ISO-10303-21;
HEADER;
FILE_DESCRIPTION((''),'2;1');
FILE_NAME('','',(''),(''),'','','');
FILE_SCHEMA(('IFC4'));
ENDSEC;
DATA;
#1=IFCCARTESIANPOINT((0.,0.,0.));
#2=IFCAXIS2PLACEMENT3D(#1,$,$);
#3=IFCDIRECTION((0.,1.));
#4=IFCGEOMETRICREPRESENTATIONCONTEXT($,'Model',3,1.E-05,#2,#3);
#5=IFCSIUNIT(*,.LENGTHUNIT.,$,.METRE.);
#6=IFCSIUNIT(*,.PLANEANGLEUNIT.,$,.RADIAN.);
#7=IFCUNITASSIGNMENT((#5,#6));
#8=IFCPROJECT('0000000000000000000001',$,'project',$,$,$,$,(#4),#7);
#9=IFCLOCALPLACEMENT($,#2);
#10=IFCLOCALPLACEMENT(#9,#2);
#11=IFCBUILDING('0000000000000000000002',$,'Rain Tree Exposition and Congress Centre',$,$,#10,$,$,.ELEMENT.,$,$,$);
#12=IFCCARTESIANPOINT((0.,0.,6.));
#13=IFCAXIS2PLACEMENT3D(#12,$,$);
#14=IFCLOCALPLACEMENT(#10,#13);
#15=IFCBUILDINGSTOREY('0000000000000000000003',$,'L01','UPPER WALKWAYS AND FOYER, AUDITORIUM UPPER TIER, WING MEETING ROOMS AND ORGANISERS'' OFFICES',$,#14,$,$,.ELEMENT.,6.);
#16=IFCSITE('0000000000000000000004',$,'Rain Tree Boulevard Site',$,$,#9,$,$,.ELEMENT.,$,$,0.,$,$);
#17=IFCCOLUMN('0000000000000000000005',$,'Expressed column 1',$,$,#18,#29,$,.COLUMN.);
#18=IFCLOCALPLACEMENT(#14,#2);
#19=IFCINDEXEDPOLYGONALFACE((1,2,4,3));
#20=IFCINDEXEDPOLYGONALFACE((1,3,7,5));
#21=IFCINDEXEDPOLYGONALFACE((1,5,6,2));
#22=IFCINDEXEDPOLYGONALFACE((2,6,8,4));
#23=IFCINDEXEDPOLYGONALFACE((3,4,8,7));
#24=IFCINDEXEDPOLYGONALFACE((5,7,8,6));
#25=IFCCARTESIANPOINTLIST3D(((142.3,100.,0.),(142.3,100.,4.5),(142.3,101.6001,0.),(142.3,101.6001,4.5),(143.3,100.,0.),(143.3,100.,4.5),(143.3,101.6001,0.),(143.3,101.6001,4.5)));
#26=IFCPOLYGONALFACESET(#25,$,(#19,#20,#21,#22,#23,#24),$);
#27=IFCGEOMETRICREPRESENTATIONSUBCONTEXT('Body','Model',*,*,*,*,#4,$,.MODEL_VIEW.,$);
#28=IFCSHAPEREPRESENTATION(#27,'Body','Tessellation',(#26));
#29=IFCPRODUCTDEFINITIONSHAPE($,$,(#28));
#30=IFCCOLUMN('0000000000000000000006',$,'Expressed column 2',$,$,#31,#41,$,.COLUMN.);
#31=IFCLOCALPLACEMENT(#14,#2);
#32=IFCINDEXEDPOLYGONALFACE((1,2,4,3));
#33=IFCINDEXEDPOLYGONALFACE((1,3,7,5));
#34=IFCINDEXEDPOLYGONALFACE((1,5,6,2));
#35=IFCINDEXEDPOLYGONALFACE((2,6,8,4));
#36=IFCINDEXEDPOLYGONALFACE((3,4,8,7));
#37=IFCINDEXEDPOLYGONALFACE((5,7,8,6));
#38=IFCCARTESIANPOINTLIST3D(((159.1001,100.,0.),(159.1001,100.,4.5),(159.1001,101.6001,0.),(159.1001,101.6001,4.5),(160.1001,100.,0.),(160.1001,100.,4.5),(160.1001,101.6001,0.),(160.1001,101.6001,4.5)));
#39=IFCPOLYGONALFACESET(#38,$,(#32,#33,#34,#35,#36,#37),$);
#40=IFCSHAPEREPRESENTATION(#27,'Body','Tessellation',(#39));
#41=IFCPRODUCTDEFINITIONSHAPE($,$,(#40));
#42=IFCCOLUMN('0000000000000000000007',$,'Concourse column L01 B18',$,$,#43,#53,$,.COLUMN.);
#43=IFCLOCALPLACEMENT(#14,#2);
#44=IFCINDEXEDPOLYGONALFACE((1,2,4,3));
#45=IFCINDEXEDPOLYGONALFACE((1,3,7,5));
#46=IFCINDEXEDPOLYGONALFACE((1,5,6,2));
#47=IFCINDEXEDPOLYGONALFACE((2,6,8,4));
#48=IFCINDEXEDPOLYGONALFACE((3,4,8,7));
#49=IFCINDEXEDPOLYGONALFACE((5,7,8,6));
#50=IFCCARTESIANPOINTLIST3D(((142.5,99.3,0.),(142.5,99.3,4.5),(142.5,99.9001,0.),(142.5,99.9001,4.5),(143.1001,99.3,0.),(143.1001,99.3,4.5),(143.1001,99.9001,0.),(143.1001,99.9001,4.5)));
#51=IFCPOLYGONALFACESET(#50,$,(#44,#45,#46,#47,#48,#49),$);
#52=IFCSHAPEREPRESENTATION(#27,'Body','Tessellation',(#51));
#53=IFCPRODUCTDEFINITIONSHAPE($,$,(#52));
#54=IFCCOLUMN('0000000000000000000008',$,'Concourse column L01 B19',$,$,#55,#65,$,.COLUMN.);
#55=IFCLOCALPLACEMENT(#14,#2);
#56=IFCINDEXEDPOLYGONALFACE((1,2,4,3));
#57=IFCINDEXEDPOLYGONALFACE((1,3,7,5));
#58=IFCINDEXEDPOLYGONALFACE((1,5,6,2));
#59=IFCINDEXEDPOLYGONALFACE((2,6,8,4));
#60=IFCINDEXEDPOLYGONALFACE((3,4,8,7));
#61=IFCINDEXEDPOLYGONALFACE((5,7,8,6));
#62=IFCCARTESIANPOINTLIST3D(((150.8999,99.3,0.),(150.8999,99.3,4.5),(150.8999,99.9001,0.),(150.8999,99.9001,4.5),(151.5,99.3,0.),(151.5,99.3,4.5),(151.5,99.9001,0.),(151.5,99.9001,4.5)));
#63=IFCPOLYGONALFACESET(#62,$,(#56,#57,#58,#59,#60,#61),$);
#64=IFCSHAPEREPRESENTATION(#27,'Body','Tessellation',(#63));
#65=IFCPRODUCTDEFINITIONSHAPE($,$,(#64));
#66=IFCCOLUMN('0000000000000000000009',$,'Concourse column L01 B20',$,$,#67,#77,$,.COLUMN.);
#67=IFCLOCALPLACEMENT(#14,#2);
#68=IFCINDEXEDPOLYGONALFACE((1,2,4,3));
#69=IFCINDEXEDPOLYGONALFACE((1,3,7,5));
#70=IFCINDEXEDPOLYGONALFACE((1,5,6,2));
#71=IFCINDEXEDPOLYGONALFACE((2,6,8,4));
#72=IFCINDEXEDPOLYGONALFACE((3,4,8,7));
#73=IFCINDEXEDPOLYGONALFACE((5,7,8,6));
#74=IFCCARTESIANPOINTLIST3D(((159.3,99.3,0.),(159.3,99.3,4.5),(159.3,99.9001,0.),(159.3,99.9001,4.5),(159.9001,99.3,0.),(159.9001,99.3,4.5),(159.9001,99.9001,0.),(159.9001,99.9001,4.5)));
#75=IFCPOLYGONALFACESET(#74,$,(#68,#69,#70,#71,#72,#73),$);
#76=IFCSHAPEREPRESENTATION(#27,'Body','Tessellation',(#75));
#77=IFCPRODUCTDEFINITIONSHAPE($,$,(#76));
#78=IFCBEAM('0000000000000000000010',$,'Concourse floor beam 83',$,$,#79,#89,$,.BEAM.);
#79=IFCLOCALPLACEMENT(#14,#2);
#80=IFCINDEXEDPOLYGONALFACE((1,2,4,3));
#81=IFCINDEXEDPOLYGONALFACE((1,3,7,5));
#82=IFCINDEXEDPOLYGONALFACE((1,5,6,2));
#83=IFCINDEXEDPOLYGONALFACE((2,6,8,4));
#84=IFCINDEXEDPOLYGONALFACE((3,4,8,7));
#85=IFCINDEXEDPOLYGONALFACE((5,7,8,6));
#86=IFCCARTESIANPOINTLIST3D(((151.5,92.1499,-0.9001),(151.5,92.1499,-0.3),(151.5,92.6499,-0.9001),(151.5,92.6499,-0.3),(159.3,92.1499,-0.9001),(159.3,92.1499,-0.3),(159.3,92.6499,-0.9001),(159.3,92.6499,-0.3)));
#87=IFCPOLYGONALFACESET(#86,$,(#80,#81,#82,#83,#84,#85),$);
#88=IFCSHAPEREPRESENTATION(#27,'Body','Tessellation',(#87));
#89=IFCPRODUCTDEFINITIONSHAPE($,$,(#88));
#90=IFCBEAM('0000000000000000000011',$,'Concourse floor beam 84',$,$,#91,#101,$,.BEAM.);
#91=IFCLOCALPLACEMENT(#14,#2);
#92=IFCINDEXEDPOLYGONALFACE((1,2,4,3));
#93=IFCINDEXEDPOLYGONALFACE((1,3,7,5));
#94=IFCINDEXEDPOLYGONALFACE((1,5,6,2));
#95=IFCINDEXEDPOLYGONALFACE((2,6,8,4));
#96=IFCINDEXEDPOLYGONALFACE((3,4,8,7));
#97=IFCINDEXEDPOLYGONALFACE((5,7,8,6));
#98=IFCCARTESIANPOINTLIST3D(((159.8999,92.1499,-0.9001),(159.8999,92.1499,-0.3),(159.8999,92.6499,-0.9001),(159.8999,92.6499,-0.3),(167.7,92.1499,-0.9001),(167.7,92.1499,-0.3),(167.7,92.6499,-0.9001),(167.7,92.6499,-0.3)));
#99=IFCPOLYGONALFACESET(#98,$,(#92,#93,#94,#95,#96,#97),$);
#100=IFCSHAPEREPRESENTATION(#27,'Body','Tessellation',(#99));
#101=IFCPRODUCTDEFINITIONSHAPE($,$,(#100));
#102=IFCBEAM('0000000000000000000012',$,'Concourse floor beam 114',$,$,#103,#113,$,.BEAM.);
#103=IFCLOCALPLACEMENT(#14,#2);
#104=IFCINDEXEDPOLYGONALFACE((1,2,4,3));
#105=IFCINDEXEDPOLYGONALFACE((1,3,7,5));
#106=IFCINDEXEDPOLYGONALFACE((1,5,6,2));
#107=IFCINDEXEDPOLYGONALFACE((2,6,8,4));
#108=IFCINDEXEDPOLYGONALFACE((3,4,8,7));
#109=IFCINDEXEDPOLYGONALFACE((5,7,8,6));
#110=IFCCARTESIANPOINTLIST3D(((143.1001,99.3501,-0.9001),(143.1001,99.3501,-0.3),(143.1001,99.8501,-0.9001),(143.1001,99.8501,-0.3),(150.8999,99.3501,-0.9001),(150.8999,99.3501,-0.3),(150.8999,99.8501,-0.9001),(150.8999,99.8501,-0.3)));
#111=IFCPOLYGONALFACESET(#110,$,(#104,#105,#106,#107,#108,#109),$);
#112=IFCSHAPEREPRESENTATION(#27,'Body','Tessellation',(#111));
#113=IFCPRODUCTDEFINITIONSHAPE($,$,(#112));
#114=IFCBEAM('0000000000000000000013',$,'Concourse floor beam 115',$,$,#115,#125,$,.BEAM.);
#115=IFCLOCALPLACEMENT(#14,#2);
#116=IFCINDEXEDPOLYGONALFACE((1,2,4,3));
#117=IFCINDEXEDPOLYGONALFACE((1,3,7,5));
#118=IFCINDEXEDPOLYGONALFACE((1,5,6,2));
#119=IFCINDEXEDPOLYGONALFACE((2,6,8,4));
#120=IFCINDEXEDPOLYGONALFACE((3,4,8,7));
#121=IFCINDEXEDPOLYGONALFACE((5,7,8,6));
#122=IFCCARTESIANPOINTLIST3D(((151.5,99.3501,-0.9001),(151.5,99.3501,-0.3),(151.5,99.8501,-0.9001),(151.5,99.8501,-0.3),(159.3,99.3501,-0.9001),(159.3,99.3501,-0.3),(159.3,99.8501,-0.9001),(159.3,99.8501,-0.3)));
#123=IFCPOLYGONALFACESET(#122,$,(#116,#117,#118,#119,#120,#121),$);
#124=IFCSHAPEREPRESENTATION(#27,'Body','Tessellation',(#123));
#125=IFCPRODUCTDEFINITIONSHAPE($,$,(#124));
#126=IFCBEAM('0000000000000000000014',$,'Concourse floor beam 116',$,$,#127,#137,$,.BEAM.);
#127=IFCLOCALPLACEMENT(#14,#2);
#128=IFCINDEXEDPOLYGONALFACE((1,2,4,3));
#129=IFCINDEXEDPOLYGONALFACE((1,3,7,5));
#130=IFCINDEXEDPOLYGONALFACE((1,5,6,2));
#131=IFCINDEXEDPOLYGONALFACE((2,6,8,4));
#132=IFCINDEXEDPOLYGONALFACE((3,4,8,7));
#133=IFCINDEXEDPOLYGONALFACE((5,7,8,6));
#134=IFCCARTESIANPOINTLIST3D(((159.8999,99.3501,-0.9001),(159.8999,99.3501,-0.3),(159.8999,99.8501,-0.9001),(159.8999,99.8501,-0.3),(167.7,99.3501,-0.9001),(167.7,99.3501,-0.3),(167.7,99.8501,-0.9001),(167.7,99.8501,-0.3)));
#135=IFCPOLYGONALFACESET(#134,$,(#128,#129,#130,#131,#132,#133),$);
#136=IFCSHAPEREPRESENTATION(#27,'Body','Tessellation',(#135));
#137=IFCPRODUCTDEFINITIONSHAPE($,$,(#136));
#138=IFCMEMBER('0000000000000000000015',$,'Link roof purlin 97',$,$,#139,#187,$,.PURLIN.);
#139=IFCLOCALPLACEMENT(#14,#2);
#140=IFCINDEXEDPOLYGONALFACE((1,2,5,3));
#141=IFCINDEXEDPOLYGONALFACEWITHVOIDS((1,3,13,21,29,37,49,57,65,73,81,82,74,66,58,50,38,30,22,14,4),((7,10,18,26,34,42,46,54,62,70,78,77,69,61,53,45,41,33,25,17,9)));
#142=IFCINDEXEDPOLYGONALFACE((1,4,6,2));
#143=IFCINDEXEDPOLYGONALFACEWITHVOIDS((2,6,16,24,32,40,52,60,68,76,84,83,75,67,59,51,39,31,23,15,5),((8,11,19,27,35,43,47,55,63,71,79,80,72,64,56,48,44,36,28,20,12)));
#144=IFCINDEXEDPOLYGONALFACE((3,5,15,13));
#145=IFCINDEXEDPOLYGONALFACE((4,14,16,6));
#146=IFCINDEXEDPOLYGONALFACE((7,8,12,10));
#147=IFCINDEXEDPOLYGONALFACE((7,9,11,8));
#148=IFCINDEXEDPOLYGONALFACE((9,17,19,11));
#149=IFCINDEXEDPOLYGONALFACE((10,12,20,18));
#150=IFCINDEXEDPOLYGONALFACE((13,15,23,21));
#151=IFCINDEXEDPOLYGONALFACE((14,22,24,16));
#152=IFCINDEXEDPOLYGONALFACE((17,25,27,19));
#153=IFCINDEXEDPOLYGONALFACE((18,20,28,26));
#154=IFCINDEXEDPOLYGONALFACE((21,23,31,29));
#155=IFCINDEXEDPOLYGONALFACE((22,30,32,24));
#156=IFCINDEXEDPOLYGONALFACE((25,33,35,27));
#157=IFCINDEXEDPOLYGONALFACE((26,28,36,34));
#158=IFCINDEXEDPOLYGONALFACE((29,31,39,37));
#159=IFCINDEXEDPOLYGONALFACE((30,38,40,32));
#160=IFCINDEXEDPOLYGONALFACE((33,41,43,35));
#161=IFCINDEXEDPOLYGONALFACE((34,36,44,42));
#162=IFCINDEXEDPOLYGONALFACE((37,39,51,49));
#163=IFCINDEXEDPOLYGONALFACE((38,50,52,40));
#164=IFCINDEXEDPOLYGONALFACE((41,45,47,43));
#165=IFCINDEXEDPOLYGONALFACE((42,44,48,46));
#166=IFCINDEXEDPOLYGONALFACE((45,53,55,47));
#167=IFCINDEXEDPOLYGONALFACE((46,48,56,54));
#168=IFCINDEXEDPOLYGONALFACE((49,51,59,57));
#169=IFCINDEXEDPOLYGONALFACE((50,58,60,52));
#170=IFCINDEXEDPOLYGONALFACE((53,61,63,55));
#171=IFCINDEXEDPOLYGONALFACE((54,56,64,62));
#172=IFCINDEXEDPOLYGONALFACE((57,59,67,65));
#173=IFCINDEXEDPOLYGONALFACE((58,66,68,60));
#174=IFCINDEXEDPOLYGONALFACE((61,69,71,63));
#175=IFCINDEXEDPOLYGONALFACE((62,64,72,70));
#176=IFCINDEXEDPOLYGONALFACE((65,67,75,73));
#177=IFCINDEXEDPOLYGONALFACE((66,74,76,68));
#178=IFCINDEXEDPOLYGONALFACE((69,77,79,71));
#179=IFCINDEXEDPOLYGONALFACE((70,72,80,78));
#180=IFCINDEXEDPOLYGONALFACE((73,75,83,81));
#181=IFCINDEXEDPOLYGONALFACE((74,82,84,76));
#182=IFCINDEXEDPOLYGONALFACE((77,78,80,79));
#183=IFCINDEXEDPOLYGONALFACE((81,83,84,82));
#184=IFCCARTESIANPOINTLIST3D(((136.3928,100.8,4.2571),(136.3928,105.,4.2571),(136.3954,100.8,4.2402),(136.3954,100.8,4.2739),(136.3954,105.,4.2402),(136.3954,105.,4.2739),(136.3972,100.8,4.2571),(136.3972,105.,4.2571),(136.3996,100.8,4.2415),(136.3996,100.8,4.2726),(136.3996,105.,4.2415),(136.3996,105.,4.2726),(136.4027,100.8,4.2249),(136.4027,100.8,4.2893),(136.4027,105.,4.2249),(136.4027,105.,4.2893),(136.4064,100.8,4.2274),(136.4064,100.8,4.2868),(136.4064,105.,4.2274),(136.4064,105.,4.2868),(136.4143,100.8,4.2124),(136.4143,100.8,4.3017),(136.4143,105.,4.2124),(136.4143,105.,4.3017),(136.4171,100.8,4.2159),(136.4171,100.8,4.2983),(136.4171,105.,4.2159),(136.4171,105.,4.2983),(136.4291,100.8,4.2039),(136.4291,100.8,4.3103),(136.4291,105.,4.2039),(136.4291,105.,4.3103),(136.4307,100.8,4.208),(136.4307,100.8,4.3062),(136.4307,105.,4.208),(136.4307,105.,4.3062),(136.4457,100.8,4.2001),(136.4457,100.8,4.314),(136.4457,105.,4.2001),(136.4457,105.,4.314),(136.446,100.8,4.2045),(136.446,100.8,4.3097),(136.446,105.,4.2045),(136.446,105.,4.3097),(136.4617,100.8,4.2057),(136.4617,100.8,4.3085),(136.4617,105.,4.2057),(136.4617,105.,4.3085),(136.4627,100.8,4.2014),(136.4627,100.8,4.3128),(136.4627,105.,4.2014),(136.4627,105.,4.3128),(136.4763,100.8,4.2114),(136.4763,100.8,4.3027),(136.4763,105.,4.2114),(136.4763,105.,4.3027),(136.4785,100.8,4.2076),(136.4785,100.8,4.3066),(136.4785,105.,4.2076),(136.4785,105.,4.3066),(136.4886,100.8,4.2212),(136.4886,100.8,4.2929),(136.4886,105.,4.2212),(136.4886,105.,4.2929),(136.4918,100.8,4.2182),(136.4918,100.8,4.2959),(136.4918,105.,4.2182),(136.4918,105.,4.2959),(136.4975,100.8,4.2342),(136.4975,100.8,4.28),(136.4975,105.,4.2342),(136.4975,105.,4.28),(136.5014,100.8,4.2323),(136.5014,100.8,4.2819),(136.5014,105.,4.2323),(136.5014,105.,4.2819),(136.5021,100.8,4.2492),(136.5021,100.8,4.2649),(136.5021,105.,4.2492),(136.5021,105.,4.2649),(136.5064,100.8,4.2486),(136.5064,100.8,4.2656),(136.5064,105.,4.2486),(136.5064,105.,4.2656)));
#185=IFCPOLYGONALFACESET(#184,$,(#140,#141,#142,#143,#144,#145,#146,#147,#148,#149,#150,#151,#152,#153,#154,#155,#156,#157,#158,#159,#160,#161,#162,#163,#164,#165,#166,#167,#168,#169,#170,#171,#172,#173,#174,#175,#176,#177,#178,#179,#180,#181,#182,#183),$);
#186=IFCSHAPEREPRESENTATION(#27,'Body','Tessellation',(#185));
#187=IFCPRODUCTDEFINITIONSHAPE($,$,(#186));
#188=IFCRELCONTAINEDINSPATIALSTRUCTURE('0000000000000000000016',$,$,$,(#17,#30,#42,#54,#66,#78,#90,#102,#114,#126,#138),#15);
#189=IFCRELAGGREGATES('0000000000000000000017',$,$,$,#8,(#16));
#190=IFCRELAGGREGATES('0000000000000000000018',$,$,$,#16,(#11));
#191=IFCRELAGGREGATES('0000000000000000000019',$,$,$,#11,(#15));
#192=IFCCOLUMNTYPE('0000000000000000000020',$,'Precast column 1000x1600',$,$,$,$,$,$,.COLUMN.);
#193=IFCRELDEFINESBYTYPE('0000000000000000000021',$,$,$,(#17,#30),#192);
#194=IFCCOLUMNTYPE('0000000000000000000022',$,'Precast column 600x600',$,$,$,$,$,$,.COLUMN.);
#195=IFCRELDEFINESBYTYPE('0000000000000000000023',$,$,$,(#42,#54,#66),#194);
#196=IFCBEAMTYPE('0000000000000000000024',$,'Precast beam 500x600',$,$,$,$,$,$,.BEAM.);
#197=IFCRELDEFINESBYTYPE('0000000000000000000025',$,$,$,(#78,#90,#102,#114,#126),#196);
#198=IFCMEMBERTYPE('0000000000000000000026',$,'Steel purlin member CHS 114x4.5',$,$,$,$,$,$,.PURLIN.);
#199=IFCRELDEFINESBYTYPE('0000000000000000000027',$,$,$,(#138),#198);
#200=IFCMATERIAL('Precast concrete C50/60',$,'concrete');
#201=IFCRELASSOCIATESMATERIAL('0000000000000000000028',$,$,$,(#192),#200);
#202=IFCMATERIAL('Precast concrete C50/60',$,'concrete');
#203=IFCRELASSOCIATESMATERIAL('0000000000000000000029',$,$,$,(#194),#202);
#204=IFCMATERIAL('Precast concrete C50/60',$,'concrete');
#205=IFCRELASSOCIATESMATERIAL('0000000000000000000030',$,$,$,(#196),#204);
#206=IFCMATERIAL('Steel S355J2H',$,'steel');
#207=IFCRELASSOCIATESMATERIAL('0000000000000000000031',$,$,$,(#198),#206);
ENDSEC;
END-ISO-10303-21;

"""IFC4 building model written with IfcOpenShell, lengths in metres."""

from ifc_helpers import new_model, si_unit, direction, frame, origin, origin_2d, place, context, subcontext, project, spatial, rectangle, hollow_circle, extrude, material, material_profile, profile_set, type_object, element, save


model = new_model("IFC4")

# Units and contexts
model_context = context("Model", 3, precision=1e-05, world=origin(), true_north=direction((0.0, 1.0)))
body_context = subcontext(model_context, "Body", "Model", "MODEL_VIEW")
ifc_project = project(units=[si_unit("LENGTHUNIT", "METRE"), si_unit("PLANEANGLEUNIT", "RADIAN")], contexts=[model_context])

# Site, building, storey
site_placement = place(None, origin())
site = spatial("IfcSite", under=ifc_project, at=site_placement, Name="Rain Tree Boulevard Site", CompositionType="ELEMENT", RefElevation=0.0)
building_placement = place(site_placement, origin())
building = spatial("IfcBuilding", under=site, at=building_placement, Name="Rain Tree Exposition and Congress Centre", CompositionType="ELEMENT")
storey_placement = place(building_placement, frame((0.0, 0.0, 6.0)))
storey = spatial("IfcBuildingStorey", under=building, at=storey_placement, Name="L01", Description="UPPER WALKWAYS AND FOYER, AUDITORIUM UPPER TIER, WING MEETING ROOMS AND ORGANISERS' OFFICES", CompositionType="ELEMENT", Elevation=6.0)

# Columns
ifc_material_1 = material(Name="Precast concrete C50/60", Category="concrete")
ifc_material_profile_1 = material_profile(ifc_material_1, rectangle(XDim=1.0, YDim=1.6001, at=origin_2d()), Name="RC 1000x1600")
ifc_profile_set_1 = profile_set([ifc_material_profile_1], Name="Precast concrete C50/60")
column_type_1 = type_object("IfcColumnType", Name="Precast column 1000x1600", PredefinedType="COLUMN", material=ifc_profile_set_1)
for number, where, z_axis, x_axis, name in (
    (1, (142.8, 100.8, 0.0), (0.0, 0.0, 1.0), (1.0, 0.0, 0.0), "Expressed column 1"),
    (2, (159.6001, 100.8, 0.0), (0.0, 0.0, 1.0), (1.0, 0.0, 0.0), "Expressed column 2"),
):
    element("IfcColumn", number, at=place(storey_placement, frame(where, z_axis=z_axis, x_axis=x_axis)), inside=storey, type_object=column_type_1, Name=name, PredefinedType="COLUMN", context=body_context, shape_type="SweptSolid", body=[
        extrude(rectangle(XDim=1.0, YDim=1.6001, at=origin_2d()), origin(), (0.0, 0.0, 1.0), 4.5),
    ])
ifc_material_2 = material(Name="Precast concrete C50/60", Category="concrete")
ifc_material_profile_2 = material_profile(ifc_material_2, rectangle(XDim=0.6001, YDim=0.6001, at=origin_2d()), Name="RC 600x600")
ifc_profile_set_2 = profile_set([ifc_material_profile_2], Name="Precast concrete C50/60")
column_type_2 = type_object("IfcColumnType", Name="Precast column 600x600", PredefinedType="COLUMN", material=ifc_profile_set_2)
for number, where, z_axis, x_axis, name in (
    (3, (142.8, 99.6001, 0.0), (0.0, 0.0, 1.0), (1.0, 0.0, 0.0), "Concourse column L01 B18"),
    (4, (151.2, 99.6001, 0.0), (0.0, 0.0, 1.0), (1.0, 0.0, 0.0), "Concourse column L01 B19"),
    (5, (159.6001, 99.6001, 0.0), (0.0, 0.0, 1.0), (1.0, 0.0, 0.0), "Concourse column L01 B20"),
):
    element("IfcColumn", number, at=place(storey_placement, frame(where, z_axis=z_axis, x_axis=x_axis)), inside=storey, type_object=column_type_2, Name=name, PredefinedType="COLUMN", context=body_context, shape_type="SweptSolid", body=[
        extrude(rectangle(XDim=0.6001, YDim=0.6001, at=origin_2d()), origin(), (0.0, 0.0, 1.0), 4.5),
    ])

# Beams
ifc_material_3 = material(Name="Precast concrete C50/60", Category="concrete")
ifc_material_profile_3 = material_profile(ifc_material_3, rectangle(XDim=0.5, YDim=0.6001, at=origin_2d()), Name="RC 500x600")
ifc_profile_set_3 = profile_set([ifc_material_profile_3], Name="Precast concrete C50/60")
beam_type = type_object("IfcBeamType", Name="Precast beam 500x600", PredefinedType="BEAM", material=ifc_profile_set_3)
for number, where, z_axis, x_axis, name in (
    (6, (151.5, 92.3999, -0.6001), (1.0, 0.0, 0.0), (0.0, 1.0, 0.0), "Concourse floor beam 83"),
    (7, (159.8999, 92.3999, -0.6001), (1.0, 0.0, 0.0), (0.0, 1.0, 0.0), "Concourse floor beam 84"),
):
    element("IfcBeam", number, at=place(storey_placement, frame(where, z_axis=z_axis, x_axis=x_axis)), inside=storey, type_object=beam_type, Name=name, PredefinedType="BEAM", context=body_context, shape_type="SweptSolid", body=[
        extrude(rectangle(XDim=0.5, YDim=0.6001, at=origin_2d()), origin(), (0.0, 0.0, 1.0), 7.8),
    ])
beam_placement = place(storey_placement, frame((143.1001, 99.6001, -0.6001), z_axis=(1.0, 0.0, 0.0), x_axis=(0.0, 1.0, 0.0)))
element("IfcBeam", 8, at=beam_placement, inside=storey, type_object=beam_type, Name="Concourse floor beam 114", PredefinedType="BEAM", context=body_context, shape_type="SweptSolid", body=[
    extrude(rectangle(XDim=0.5, YDim=0.6001, at=origin_2d()), origin(), (0.0, 0.0, 1.0), 7.7998),
])
for number, where, z_axis, x_axis, name in (
    (9, (151.5, 99.6001, -0.6001), (1.0, 0.0, 0.0), (0.0, 1.0, 0.0), "Concourse floor beam 115"),
    (10, (159.8999, 99.6001, -0.6001), (1.0, 0.0, 0.0), (0.0, 1.0, 0.0), "Concourse floor beam 116"),
):
    element("IfcBeam", number, at=place(storey_placement, frame(where, z_axis=z_axis, x_axis=x_axis)), inside=storey, type_object=beam_type, Name=name, PredefinedType="BEAM", context=body_context, shape_type="SweptSolid", body=[
        extrude(rectangle(XDim=0.5, YDim=0.6001, at=origin_2d()), origin(), (0.0, 0.0, 1.0), 7.8),
    ])

# Member
ifc_material_4 = material(Name="Steel S355J2H", Category="steel")
ifc_material_profile_4 = material_profile(ifc_material_4, hollow_circle(Radius=0.0571, WallThickness=0.0044, at=origin_2d()), Name="CHS 114x4.5")
ifc_profile_set_4 = profile_set([ifc_material_profile_4], Name="Steel S355J2H")
member_type = type_object("IfcMemberType", Name="Steel purlin member CHS 114x4.5", PredefinedType="PURLIN", material=ifc_profile_set_4)
for number, where, z_axis, x_axis, name in (
    (11, (136.45, 100.8, 4.2571), (0.0, 1.0, 0.0), (-1.0, 0.0, 0.0), "Link roof purlin 97"),
):
    element("IfcMember", number, at=place(storey_placement, frame(where, z_axis=z_axis, x_axis=x_axis)), inside=storey, type_object=member_type, Name=name, PredefinedType="PURLIN", context=body_context, shape_type="SweptSolid", body=[
        extrude(hollow_circle(Radius=0.0571, WallThickness=0.0044, at=origin_2d()), origin(), (0.0, 0.0, 1.0), 4.2),
    ])

save(model, "model.ifc")
